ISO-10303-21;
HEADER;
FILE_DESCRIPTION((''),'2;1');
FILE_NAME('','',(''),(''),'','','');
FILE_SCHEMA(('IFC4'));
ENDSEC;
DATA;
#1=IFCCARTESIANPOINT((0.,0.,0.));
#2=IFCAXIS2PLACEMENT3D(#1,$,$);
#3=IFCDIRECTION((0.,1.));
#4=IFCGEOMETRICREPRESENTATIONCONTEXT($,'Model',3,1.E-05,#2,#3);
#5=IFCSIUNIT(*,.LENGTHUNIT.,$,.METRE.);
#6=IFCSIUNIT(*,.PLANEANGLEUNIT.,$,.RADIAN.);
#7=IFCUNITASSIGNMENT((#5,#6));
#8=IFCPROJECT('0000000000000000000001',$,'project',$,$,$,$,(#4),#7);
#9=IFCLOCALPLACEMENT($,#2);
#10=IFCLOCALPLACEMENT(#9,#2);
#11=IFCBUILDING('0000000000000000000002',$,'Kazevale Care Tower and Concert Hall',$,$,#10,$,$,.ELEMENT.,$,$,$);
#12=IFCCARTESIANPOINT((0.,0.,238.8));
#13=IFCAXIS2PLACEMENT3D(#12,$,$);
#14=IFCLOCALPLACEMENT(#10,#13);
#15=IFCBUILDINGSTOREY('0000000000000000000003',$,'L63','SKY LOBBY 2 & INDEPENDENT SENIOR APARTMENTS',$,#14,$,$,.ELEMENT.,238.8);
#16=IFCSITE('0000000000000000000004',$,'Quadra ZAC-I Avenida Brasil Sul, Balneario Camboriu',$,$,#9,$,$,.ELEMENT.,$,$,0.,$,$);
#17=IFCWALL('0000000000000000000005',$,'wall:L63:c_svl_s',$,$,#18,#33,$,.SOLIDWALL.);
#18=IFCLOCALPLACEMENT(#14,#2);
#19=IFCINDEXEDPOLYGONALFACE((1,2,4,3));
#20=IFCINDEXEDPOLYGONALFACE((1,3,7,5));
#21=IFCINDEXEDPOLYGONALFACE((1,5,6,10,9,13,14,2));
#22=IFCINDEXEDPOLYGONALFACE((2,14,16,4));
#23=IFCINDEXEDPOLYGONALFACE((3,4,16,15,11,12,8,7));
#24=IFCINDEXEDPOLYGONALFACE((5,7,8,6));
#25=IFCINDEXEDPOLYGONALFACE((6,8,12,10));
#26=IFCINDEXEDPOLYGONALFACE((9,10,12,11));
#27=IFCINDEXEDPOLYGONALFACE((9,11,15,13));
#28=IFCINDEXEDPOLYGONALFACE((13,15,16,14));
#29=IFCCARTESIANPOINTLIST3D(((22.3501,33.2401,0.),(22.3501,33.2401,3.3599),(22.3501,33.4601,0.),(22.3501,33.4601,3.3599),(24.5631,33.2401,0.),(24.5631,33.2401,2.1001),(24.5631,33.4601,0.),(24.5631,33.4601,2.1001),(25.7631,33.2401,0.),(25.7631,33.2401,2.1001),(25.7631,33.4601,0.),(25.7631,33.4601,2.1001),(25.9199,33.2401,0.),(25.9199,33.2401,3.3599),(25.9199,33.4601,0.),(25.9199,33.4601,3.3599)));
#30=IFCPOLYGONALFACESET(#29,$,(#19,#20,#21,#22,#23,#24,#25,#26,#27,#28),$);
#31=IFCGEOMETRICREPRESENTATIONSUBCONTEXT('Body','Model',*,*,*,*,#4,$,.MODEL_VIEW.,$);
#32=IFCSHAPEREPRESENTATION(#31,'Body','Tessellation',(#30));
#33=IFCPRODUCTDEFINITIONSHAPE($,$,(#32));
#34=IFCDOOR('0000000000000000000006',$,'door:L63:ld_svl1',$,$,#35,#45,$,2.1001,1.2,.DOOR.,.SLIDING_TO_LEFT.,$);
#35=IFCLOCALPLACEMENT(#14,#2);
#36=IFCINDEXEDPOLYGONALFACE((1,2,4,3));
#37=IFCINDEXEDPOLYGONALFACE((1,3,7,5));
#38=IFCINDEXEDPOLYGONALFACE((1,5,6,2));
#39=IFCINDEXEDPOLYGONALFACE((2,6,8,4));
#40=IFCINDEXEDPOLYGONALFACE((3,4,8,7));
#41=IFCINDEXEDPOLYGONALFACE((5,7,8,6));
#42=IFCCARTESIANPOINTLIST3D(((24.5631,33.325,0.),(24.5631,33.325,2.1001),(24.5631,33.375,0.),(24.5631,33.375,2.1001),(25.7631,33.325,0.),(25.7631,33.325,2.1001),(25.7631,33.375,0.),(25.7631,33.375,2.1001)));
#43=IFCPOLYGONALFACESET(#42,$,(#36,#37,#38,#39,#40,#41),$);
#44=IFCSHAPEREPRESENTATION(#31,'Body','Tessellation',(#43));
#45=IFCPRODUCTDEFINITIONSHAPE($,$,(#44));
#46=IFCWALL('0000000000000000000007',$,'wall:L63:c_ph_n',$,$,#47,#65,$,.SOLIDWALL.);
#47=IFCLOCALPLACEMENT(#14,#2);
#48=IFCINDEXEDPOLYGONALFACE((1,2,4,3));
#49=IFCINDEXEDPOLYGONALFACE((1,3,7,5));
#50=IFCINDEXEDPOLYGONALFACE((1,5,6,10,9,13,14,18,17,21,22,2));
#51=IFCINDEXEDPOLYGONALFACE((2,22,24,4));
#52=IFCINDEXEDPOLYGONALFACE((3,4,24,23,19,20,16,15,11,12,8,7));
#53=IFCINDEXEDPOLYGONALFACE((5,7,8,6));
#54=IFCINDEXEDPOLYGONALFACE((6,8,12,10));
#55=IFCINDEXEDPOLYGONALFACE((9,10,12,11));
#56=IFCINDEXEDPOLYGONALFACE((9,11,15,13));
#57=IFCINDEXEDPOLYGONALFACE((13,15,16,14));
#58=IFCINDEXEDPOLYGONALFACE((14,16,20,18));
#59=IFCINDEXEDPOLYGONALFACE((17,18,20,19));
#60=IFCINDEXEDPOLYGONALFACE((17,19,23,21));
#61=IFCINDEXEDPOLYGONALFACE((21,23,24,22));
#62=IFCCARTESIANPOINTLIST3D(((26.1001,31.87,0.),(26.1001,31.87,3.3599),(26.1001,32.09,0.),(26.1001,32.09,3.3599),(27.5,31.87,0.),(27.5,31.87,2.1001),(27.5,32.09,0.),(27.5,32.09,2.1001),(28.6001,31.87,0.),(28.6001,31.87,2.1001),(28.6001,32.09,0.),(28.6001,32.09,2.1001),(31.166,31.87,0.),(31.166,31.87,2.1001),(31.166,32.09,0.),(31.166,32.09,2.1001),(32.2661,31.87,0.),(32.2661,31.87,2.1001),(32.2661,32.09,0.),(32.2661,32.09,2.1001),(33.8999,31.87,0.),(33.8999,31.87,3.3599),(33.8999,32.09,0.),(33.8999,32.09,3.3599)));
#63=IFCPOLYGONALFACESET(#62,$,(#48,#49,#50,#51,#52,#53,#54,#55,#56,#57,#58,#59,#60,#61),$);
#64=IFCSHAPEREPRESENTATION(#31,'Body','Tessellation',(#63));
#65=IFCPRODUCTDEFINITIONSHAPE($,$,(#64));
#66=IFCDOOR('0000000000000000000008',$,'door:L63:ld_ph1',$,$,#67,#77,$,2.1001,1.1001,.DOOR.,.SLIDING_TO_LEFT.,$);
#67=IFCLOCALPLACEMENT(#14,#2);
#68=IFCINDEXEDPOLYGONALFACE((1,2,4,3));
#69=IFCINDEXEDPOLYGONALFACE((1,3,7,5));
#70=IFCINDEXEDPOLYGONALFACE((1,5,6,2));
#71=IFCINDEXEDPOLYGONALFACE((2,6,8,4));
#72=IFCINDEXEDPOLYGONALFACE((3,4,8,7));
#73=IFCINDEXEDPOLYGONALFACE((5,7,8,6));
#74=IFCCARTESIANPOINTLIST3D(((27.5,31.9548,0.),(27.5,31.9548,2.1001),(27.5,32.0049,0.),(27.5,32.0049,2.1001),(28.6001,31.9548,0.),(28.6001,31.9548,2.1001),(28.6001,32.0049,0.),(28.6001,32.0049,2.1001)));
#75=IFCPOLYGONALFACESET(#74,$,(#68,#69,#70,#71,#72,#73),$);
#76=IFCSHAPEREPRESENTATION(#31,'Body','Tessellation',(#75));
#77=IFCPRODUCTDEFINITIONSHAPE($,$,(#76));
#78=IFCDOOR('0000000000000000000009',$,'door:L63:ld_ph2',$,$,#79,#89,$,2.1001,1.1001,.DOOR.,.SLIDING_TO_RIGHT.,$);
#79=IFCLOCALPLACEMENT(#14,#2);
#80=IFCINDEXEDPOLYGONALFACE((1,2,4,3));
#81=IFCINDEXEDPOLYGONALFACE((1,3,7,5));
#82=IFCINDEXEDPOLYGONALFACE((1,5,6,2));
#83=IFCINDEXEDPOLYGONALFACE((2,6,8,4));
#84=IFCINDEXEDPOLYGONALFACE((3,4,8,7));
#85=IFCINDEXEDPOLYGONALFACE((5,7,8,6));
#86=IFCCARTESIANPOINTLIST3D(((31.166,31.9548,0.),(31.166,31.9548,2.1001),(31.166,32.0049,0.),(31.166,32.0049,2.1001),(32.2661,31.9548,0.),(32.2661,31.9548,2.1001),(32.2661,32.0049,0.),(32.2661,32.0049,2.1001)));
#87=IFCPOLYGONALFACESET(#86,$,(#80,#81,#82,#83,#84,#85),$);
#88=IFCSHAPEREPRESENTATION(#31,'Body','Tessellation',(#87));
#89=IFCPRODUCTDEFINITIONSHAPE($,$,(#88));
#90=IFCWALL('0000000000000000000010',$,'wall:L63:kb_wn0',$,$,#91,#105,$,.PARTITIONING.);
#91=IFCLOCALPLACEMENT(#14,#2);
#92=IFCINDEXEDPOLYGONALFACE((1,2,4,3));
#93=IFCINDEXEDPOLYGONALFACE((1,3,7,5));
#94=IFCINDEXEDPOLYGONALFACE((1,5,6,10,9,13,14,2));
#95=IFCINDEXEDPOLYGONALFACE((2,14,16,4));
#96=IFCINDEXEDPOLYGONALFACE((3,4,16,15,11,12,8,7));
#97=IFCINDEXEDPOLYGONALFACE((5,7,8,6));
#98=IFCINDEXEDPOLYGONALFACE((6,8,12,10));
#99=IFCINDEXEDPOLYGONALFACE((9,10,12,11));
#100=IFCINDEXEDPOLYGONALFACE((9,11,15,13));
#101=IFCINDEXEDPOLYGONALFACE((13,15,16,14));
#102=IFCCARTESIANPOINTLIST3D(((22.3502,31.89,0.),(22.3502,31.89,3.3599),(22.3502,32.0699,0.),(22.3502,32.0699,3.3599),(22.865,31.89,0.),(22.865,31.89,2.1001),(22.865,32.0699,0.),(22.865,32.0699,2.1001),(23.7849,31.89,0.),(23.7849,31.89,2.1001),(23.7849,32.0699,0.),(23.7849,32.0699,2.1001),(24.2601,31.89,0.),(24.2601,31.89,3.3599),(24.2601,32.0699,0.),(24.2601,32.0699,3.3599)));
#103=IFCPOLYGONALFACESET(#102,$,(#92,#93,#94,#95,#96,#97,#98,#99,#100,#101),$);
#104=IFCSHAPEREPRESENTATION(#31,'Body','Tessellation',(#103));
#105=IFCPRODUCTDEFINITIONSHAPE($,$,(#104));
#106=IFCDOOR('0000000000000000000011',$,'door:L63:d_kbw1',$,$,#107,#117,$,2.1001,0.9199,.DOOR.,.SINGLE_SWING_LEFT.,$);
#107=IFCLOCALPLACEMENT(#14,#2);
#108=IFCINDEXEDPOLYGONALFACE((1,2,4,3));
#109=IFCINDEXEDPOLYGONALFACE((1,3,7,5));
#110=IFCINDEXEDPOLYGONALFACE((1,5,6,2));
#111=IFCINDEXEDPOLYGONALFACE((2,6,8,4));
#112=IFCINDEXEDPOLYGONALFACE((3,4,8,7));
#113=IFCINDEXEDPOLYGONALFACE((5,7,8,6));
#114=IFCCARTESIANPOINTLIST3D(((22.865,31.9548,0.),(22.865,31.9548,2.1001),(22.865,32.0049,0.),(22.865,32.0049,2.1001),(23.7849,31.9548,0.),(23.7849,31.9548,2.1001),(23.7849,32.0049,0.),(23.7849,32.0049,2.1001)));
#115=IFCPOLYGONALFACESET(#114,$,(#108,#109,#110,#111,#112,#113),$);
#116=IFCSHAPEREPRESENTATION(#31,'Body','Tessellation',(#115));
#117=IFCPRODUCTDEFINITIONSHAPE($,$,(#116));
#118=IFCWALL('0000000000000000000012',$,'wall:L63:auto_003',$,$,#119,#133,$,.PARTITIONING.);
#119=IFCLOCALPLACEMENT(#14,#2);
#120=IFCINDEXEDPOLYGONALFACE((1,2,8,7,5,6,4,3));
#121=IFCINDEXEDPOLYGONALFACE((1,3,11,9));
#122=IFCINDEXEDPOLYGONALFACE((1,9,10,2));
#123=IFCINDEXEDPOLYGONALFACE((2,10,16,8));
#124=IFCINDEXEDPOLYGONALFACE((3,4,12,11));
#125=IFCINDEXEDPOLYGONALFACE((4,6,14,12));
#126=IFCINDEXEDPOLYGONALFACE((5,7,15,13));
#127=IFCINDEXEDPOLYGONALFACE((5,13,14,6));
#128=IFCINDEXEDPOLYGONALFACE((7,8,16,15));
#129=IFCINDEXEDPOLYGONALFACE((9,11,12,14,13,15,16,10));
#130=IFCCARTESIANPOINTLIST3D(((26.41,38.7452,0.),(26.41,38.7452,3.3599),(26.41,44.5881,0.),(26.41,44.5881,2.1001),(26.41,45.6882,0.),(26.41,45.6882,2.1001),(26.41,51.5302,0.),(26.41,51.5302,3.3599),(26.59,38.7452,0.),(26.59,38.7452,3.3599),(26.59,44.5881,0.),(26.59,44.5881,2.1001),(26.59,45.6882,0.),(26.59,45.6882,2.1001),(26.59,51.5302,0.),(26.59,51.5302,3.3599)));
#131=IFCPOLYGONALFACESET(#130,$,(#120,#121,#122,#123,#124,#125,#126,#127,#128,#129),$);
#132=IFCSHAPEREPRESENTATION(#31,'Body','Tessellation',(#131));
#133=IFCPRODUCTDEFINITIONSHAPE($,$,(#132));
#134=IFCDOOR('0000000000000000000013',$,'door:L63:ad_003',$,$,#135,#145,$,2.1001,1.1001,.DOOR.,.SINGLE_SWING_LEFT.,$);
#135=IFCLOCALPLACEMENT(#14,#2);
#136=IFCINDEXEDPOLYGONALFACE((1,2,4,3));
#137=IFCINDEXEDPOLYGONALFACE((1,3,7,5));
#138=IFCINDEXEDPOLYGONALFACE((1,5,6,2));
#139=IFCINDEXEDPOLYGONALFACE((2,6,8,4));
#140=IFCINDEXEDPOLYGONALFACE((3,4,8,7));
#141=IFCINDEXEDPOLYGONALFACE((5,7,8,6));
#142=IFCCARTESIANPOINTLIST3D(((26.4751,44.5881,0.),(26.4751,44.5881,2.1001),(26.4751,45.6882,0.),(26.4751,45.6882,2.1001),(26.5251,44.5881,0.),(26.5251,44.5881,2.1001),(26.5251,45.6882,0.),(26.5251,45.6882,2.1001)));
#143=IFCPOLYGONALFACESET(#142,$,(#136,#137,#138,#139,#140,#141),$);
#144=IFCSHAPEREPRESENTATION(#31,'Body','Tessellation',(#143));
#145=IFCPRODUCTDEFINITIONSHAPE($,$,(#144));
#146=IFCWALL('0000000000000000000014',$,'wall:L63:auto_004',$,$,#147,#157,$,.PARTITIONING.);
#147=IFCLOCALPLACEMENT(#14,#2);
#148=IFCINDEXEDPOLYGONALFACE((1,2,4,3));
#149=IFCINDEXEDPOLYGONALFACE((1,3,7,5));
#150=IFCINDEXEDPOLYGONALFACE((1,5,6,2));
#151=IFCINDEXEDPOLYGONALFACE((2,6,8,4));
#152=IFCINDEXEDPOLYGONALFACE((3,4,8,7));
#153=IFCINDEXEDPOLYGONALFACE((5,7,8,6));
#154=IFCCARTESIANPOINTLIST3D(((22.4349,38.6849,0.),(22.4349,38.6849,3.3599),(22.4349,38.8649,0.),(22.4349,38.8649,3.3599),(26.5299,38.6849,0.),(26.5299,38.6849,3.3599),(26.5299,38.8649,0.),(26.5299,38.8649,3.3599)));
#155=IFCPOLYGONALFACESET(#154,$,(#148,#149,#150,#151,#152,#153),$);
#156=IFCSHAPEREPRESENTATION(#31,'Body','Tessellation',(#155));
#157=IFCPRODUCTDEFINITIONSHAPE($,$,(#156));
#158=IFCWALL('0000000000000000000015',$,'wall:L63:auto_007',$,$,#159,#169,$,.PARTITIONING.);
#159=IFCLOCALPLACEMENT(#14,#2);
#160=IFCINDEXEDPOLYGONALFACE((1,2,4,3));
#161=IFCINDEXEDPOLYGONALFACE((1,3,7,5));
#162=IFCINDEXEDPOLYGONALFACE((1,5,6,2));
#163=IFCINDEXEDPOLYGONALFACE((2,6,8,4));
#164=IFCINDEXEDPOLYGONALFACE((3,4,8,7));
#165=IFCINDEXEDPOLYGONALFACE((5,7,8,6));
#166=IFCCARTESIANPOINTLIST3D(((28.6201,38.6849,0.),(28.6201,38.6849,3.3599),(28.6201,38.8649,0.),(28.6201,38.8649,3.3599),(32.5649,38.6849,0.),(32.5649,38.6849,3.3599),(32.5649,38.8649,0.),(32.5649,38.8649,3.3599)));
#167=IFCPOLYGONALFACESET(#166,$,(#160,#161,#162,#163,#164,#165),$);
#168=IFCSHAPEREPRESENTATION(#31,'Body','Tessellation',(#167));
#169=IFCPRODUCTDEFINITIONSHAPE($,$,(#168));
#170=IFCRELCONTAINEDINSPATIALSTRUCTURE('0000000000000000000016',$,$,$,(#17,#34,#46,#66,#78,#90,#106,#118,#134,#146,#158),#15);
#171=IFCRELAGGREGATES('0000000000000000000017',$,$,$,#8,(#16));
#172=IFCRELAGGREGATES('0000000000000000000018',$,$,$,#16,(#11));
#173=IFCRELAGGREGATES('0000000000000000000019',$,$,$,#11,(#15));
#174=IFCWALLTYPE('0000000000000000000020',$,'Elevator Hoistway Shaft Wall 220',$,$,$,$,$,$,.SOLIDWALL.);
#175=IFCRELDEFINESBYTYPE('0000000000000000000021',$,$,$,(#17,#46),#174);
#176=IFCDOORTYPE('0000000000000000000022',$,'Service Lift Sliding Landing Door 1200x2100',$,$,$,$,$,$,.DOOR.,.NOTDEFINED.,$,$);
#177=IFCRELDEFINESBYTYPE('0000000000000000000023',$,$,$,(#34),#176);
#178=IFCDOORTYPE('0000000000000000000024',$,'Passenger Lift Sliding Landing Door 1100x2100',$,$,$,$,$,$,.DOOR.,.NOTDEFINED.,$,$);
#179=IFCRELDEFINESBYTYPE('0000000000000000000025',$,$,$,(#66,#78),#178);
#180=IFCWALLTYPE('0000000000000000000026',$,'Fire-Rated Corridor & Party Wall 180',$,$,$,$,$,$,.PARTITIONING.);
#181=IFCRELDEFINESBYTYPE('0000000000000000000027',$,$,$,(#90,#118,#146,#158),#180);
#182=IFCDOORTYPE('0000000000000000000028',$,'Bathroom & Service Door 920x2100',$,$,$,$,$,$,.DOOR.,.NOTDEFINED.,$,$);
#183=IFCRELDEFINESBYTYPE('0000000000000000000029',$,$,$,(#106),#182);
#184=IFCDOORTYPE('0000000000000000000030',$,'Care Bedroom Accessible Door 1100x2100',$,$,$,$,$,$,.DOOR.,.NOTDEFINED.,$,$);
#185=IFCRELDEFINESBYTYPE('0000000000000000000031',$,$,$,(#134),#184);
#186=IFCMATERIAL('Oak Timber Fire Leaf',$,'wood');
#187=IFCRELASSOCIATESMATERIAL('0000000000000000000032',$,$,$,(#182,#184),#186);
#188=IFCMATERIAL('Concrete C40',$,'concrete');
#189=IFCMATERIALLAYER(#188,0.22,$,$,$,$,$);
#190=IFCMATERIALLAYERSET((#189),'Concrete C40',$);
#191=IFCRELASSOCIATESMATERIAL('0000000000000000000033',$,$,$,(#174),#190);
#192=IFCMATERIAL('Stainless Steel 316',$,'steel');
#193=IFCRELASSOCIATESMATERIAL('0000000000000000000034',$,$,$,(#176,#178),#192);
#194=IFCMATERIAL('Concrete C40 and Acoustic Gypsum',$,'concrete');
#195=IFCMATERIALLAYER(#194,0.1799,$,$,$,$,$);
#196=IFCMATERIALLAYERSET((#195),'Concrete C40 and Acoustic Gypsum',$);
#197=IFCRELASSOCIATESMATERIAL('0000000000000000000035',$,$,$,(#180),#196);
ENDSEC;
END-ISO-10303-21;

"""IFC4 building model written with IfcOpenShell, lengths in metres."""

from ifc_helpers import new_model, si_unit, direction, frame, frame_2d, origin, place, context, subcontext, project, spatial, rectangle, extrude, material, layer, layer_set, type_object, element, fill, save


model = new_model("IFC4")

# Units and contexts
model_context = context("Model", 3, precision=1e-05, world=origin(), true_north=direction((0.0, 1.0)))
body_context = subcontext(model_context, "Body", "Model", "MODEL_VIEW")
ifc_project = project(units=[si_unit("LENGTHUNIT", "METRE"), si_unit("PLANEANGLEUNIT", "RADIAN")], contexts=[model_context])

# Site, building, storey
site_placement = place(None, origin())
site = spatial("IfcSite", under=ifc_project, at=site_placement, Name="Quadra ZAC-I Avenida Brasil Sul, Balneario Camboriu", CompositionType="ELEMENT", RefElevation=0.0)
building_placement = place(site_placement, origin())
building = spatial("IfcBuilding", under=site, at=building_placement, Name="Kazevale Care Tower and Concert Hall", CompositionType="ELEMENT")
storey_placement = place(building_placement, frame((0.0, 0.0, 238.8)))
storey = spatial("IfcBuildingStorey", under=building, at=storey_placement, Name="L63", Description="SKY LOBBY 2 & INDEPENDENT SENIOR APARTMENTS", CompositionType="ELEMENT", Elevation=238.8)

# Shared definitions
ifc_material_1 = material(Name="Oak Timber Fire Leaf", Category="wood")
door_type_1 = type_object("IfcDoorType", Name="Bathroom & Service Door 920x2100", OperationType="NOTDEFINED", PredefinedType="DOOR", material=ifc_material_1)

# Shared definitions
ifc_material_2 = material(Name="Concrete C40", Category="concrete")
ifc_layer_1 = layer(ifc_material_2, 0.22)
ifc_layer_set_1 = layer_set([ifc_layer_1], Name="Concrete C40")
wall_type_1 = type_object("IfcWallType", Name="Elevator Hoistway Shaft Wall 220", PredefinedType="SOLIDWALL", material=ifc_layer_set_1)

# Wall, opening, door
wall_1_placement = place(storey_placement, frame((22.3501, 33.3501, 0.0), z_axis=(0.0, 0.0, 1.0), x_axis=(1.0, 0.0, 0.0)))
wall_1 = element("IfcWall", 1, at=wall_1_placement, inside=storey, type_object=wall_type_1, Name="wall:L63:c_svl_s", PredefinedType="SOLIDWALL", context=body_context, shape_type="SweptSolid", body=[
    extrude(rectangle(XDim=3.5698, YDim=0.22, at=frame_2d((1.7849, 0.0))), origin(), (0.0, 0.0, 1.0), 3.3599),
])
opening_1_placement = place(wall_1_placement, frame((2.2129, 0.0, 0.0)))
opening_1 = element("IfcOpeningElement", 2, at=opening_1_placement, cuts=wall_1, PredefinedType="OPENING", context=body_context, shape_type="SweptSolid", body=[
    extrude(rectangle(XDim=1.2, YDim=2.1001, at=frame_2d((0.6001, 1.05))), frame((0.0, 0.1199, 0.0), z_axis=(0.0, -1.0, 0.0), x_axis=(1.0, 0.0, 0.0)), (0.0, 0.0, 1.0), 0.24),
])
ifc_material_3 = material(Name="Stainless Steel 316", Category="steel")
door_type_2 = type_object("IfcDoorType", Name="Service Lift Sliding Landing Door 1200x2100", OperationType="NOTDEFINED", PredefinedType="DOOR", material=ifc_material_3)
door_1_placement = place(opening_1_placement, origin())
door_1 = element("IfcDoor", 3, at=door_1_placement, inside=storey, type_object=door_type_2, Name="door:L63:ld_svl1", OperationType="SLIDING_TO_LEFT", OverallHeight=2.1001, OverallWidth=1.2, PredefinedType="DOOR", context=body_context, shape_type="SweptSolid", body=[
    extrude(rectangle(XDim=1.2, YDim=2.1001, at=frame_2d((0.6001, 1.05))), frame((0.0, 0.0249, 0.0), z_axis=(0.0, -1.0, 0.0), x_axis=(1.0, 0.0, 0.0)), (0.0, 0.0, 1.0), 0.05),
])
fill(opening_1, door_1)

# Wall, openings, doors
wall_2_placement = place(storey_placement, frame((26.1001, 31.98, 0.0), z_axis=(0.0, 0.0, 1.0), x_axis=(1.0, 0.0, 0.0)))
wall_2 = element("IfcWall", 4, at=wall_2_placement, inside=storey, type_object=wall_type_1, Name="wall:L63:c_ph_n", PredefinedType="SOLIDWALL", context=body_context, shape_type="SweptSolid", body=[
    extrude(rectangle(XDim=7.7998, YDim=0.22, at=frame_2d((3.8999, 0.0))), origin(), (0.0, 0.0, 1.0), 3.3599),
])
opening_2_placement = place(wall_2_placement, frame((1.3999, 0.0, 0.0)))
opening_2 = element("IfcOpeningElement", 5, at=opening_2_placement, cuts=wall_2, PredefinedType="OPENING", context=body_context, shape_type="SweptSolid", body=[
    extrude(rectangle(XDim=1.1001, YDim=2.1001, at=frame_2d((0.55, 1.05))), frame((0.0, 0.1199, 0.0), z_axis=(0.0, -1.0, 0.0), x_axis=(1.0, 0.0, 0.0)), (0.0, 0.0, 1.0), 0.24),
])
opening_3_placement = place(wall_2_placement, frame((5.0659, 0.0, 0.0)))
opening_3 = element("IfcOpeningElement", 6, at=opening_3_placement, cuts=wall_2, PredefinedType="OPENING", context=body_context, shape_type="SweptSolid", body=[
    extrude(rectangle(XDim=1.1001, YDim=2.1001, at=frame_2d((0.55, 1.05))), frame((0.0, 0.1199, 0.0), z_axis=(0.0, -1.0, 0.0), x_axis=(1.0, 0.0, 0.0)), (0.0, 0.0, 1.0), 0.24),
])
door_type_3 = type_object("IfcDoorType", Name="Passenger Lift Sliding Landing Door 1100x2100", OperationType="NOTDEFINED", PredefinedType="DOOR", material=ifc_material_3)
door_2_placement = place(opening_2_placement, origin())
door_2 = element("IfcDoor", 7, at=door_2_placement, inside=storey, type_object=door_type_3, Name="door:L63:ld_ph1", OperationType="SLIDING_TO_LEFT", OverallHeight=2.1001, OverallWidth=1.1001, PredefinedType="DOOR", context=body_context, shape_type="SweptSolid", body=[
    extrude(rectangle(XDim=1.1001, YDim=2.1001, at=frame_2d((0.55, 1.05))), frame((0.0, 0.0249, 0.0), z_axis=(0.0, -1.0, 0.0), x_axis=(1.0, 0.0, 0.0)), (0.0, 0.0, 1.0), 0.05),
])
fill(opening_2, door_2)
door_3_placement = place(opening_3_placement, origin())
door_3 = element("IfcDoor", 8, at=door_3_placement, inside=storey, type_object=door_type_3, Name="door:L63:ld_ph2", OperationType="SLIDING_TO_RIGHT", OverallHeight=2.1001, OverallWidth=1.1001, PredefinedType="DOOR", context=body_context, shape_type="SweptSolid", body=[
    extrude(rectangle(XDim=1.1001, YDim=2.1001, at=frame_2d((0.55, 1.05))), frame((0.0, 0.0249, 0.0), z_axis=(0.0, -1.0, 0.0), x_axis=(1.0, 0.0, 0.0)), (0.0, 0.0, 1.0), 0.05),
])
fill(opening_3, door_3)

# Walls, openings, doors
ifc_material_4 = material(Name="Concrete C40 and Acoustic Gypsum", Category="concrete")
ifc_layer_2 = layer(ifc_material_4, 0.1799)
ifc_layer_set_2 = layer_set([ifc_layer_2], Name="Concrete C40 and Acoustic Gypsum")
wall_type_2 = type_object("IfcWallType", Name="Fire-Rated Corridor & Party Wall 180", PredefinedType="PARTITIONING", material=ifc_layer_set_2)
wall_3_placement = place(storey_placement, frame((22.3501, 31.98, 0.0), z_axis=(0.0, 0.0, 1.0), x_axis=(1.0, 0.0, 0.0)))
wall_3 = element("IfcWall", 9, at=wall_3_placement, inside=storey, type_object=wall_type_2, Name="wall:L63:kb_wn0", PredefinedType="PARTITIONING", context=body_context, shape_type="SweptSolid", body=[
    extrude(rectangle(XDim=1.9099, YDim=0.1799, at=frame_2d((0.9551, 0.0))), origin(), (0.0, 0.0, 1.0), 3.3599),
])
opening_4_placement = place(wall_3_placement, frame((0.5149, 0.0, 0.0)))
opening_4 = element("IfcOpeningElement", 10, at=opening_4_placement, cuts=wall_3, PredefinedType="OPENING", context=body_context, shape_type="SweptSolid", body=[
    extrude(rectangle(XDim=0.9199, YDim=2.1001, at=frame_2d((0.46, 1.05))), frame((0.0, 0.0999, 0.0), z_axis=(0.0, -1.0, 0.0), x_axis=(1.0, 0.0, 0.0)), (0.0, 0.0, 1.0), 0.2),
])
door_4_placement = place(opening_4_placement, origin())
door_4 = element("IfcDoor", 11, at=door_4_placement, inside=storey, type_object=door_type_1, Name="door:L63:d_kbw1", OperationType="SINGLE_SWING_LEFT", OverallHeight=2.1001, OverallWidth=0.9199, PredefinedType="DOOR", context=body_context, shape_type="SweptSolid", body=[
    extrude(rectangle(XDim=0.9199, YDim=2.1001, at=frame_2d((0.46, 1.05))), frame((0.0, 0.0249, 0.0), z_axis=(0.0, -1.0, 0.0), x_axis=(1.0, 0.0, 0.0)), (0.0, 0.0, 1.0), 0.05),
])
fill(opening_4, door_4)
wall_4_placement = place(storey_placement, frame((26.5, 38.7451, 0.0), z_axis=(0.0, 0.0, 1.0), x_axis=(0.0, 1.0, 0.0)))
wall_4 = element("IfcWall", 12, at=wall_4_placement, inside=storey, type_object=wall_type_2, Name="wall:L63:auto_003", PredefinedType="PARTITIONING", context=body_context, shape_type="SweptSolid", body=[
    extrude(rectangle(XDim=12.7849, YDim=0.1799, at=frame_2d((6.3926, 0.0))), origin(), (0.0, 0.0, 1.0), 3.3599),
])
opening_5_placement = place(wall_4_placement, frame((5.843, 0.0, 0.0)))
opening_5 = element("IfcOpeningElement", 13, at=opening_5_placement, cuts=wall_4, PredefinedType="OPENING", context=body_context, shape_type="SweptSolid", body=[
    extrude(rectangle(XDim=1.1001, YDim=2.1001, at=frame_2d((0.55, 1.05))), frame((0.0, 0.0999, 0.0), z_axis=(0.0, -1.0, 0.0), x_axis=(1.0, 0.0, 0.0)), (0.0, 0.0, 1.0), 0.2),
])
door_type_4 = type_object("IfcDoorType", Name="Care Bedroom Accessible Door 1100x2100", OperationType="NOTDEFINED", PredefinedType="DOOR", material=ifc_material_1)
door_5_placement = place(opening_5_placement, origin())
door_5 = element("IfcDoor", 14, at=door_5_placement, inside=storey, type_object=door_type_4, Name="door:L63:ad_003", OperationType="SINGLE_SWING_LEFT", OverallHeight=2.1001, OverallWidth=1.1001, PredefinedType="DOOR", context=body_context, shape_type="SweptSolid", body=[
    extrude(rectangle(XDim=1.1001, YDim=2.1001, at=frame_2d((0.55, 1.05))), frame((0.0, 0.0249, 0.0), z_axis=(0.0, -1.0, 0.0), x_axis=(1.0, 0.0, 0.0)), (0.0, 0.0, 1.0), 0.05),
])
fill(opening_5, door_5)

# Walls
wall_5_placement = place(storey_placement, frame((22.4351, 38.7749, 0.0), z_axis=(0.0, 0.0, 1.0), x_axis=(1.0, 0.0, 0.0)))
element("IfcWall", 15, at=wall_5_placement, inside=storey, type_object=wall_type_2, Name="wall:L63:auto_004", PredefinedType="PARTITIONING", context=body_context, shape_type="SweptSolid", body=[
    extrude(rectangle(XDim=4.095, YDim=0.1799, at=frame_2d((2.0474, 0.0))), origin(), (0.0, 0.0, 1.0), 3.3599),
])
wall_6_placement = place(storey_placement, frame((28.6201, 38.7749, 0.0), z_axis=(0.0, 0.0, 1.0), x_axis=(1.0, 0.0, 0.0)))
element("IfcWall", 16, at=wall_6_placement, inside=storey, type_object=wall_type_2, Name="wall:L63:auto_007", PredefinedType="PARTITIONING", context=body_context, shape_type="SweptSolid", body=[
    extrude(rectangle(XDim=3.9448, YDim=0.1799, at=frame_2d((1.9724, 0.0))), origin(), (0.0, 0.0, 1.0), 3.3599),
])

save(model, "model.ifc")
